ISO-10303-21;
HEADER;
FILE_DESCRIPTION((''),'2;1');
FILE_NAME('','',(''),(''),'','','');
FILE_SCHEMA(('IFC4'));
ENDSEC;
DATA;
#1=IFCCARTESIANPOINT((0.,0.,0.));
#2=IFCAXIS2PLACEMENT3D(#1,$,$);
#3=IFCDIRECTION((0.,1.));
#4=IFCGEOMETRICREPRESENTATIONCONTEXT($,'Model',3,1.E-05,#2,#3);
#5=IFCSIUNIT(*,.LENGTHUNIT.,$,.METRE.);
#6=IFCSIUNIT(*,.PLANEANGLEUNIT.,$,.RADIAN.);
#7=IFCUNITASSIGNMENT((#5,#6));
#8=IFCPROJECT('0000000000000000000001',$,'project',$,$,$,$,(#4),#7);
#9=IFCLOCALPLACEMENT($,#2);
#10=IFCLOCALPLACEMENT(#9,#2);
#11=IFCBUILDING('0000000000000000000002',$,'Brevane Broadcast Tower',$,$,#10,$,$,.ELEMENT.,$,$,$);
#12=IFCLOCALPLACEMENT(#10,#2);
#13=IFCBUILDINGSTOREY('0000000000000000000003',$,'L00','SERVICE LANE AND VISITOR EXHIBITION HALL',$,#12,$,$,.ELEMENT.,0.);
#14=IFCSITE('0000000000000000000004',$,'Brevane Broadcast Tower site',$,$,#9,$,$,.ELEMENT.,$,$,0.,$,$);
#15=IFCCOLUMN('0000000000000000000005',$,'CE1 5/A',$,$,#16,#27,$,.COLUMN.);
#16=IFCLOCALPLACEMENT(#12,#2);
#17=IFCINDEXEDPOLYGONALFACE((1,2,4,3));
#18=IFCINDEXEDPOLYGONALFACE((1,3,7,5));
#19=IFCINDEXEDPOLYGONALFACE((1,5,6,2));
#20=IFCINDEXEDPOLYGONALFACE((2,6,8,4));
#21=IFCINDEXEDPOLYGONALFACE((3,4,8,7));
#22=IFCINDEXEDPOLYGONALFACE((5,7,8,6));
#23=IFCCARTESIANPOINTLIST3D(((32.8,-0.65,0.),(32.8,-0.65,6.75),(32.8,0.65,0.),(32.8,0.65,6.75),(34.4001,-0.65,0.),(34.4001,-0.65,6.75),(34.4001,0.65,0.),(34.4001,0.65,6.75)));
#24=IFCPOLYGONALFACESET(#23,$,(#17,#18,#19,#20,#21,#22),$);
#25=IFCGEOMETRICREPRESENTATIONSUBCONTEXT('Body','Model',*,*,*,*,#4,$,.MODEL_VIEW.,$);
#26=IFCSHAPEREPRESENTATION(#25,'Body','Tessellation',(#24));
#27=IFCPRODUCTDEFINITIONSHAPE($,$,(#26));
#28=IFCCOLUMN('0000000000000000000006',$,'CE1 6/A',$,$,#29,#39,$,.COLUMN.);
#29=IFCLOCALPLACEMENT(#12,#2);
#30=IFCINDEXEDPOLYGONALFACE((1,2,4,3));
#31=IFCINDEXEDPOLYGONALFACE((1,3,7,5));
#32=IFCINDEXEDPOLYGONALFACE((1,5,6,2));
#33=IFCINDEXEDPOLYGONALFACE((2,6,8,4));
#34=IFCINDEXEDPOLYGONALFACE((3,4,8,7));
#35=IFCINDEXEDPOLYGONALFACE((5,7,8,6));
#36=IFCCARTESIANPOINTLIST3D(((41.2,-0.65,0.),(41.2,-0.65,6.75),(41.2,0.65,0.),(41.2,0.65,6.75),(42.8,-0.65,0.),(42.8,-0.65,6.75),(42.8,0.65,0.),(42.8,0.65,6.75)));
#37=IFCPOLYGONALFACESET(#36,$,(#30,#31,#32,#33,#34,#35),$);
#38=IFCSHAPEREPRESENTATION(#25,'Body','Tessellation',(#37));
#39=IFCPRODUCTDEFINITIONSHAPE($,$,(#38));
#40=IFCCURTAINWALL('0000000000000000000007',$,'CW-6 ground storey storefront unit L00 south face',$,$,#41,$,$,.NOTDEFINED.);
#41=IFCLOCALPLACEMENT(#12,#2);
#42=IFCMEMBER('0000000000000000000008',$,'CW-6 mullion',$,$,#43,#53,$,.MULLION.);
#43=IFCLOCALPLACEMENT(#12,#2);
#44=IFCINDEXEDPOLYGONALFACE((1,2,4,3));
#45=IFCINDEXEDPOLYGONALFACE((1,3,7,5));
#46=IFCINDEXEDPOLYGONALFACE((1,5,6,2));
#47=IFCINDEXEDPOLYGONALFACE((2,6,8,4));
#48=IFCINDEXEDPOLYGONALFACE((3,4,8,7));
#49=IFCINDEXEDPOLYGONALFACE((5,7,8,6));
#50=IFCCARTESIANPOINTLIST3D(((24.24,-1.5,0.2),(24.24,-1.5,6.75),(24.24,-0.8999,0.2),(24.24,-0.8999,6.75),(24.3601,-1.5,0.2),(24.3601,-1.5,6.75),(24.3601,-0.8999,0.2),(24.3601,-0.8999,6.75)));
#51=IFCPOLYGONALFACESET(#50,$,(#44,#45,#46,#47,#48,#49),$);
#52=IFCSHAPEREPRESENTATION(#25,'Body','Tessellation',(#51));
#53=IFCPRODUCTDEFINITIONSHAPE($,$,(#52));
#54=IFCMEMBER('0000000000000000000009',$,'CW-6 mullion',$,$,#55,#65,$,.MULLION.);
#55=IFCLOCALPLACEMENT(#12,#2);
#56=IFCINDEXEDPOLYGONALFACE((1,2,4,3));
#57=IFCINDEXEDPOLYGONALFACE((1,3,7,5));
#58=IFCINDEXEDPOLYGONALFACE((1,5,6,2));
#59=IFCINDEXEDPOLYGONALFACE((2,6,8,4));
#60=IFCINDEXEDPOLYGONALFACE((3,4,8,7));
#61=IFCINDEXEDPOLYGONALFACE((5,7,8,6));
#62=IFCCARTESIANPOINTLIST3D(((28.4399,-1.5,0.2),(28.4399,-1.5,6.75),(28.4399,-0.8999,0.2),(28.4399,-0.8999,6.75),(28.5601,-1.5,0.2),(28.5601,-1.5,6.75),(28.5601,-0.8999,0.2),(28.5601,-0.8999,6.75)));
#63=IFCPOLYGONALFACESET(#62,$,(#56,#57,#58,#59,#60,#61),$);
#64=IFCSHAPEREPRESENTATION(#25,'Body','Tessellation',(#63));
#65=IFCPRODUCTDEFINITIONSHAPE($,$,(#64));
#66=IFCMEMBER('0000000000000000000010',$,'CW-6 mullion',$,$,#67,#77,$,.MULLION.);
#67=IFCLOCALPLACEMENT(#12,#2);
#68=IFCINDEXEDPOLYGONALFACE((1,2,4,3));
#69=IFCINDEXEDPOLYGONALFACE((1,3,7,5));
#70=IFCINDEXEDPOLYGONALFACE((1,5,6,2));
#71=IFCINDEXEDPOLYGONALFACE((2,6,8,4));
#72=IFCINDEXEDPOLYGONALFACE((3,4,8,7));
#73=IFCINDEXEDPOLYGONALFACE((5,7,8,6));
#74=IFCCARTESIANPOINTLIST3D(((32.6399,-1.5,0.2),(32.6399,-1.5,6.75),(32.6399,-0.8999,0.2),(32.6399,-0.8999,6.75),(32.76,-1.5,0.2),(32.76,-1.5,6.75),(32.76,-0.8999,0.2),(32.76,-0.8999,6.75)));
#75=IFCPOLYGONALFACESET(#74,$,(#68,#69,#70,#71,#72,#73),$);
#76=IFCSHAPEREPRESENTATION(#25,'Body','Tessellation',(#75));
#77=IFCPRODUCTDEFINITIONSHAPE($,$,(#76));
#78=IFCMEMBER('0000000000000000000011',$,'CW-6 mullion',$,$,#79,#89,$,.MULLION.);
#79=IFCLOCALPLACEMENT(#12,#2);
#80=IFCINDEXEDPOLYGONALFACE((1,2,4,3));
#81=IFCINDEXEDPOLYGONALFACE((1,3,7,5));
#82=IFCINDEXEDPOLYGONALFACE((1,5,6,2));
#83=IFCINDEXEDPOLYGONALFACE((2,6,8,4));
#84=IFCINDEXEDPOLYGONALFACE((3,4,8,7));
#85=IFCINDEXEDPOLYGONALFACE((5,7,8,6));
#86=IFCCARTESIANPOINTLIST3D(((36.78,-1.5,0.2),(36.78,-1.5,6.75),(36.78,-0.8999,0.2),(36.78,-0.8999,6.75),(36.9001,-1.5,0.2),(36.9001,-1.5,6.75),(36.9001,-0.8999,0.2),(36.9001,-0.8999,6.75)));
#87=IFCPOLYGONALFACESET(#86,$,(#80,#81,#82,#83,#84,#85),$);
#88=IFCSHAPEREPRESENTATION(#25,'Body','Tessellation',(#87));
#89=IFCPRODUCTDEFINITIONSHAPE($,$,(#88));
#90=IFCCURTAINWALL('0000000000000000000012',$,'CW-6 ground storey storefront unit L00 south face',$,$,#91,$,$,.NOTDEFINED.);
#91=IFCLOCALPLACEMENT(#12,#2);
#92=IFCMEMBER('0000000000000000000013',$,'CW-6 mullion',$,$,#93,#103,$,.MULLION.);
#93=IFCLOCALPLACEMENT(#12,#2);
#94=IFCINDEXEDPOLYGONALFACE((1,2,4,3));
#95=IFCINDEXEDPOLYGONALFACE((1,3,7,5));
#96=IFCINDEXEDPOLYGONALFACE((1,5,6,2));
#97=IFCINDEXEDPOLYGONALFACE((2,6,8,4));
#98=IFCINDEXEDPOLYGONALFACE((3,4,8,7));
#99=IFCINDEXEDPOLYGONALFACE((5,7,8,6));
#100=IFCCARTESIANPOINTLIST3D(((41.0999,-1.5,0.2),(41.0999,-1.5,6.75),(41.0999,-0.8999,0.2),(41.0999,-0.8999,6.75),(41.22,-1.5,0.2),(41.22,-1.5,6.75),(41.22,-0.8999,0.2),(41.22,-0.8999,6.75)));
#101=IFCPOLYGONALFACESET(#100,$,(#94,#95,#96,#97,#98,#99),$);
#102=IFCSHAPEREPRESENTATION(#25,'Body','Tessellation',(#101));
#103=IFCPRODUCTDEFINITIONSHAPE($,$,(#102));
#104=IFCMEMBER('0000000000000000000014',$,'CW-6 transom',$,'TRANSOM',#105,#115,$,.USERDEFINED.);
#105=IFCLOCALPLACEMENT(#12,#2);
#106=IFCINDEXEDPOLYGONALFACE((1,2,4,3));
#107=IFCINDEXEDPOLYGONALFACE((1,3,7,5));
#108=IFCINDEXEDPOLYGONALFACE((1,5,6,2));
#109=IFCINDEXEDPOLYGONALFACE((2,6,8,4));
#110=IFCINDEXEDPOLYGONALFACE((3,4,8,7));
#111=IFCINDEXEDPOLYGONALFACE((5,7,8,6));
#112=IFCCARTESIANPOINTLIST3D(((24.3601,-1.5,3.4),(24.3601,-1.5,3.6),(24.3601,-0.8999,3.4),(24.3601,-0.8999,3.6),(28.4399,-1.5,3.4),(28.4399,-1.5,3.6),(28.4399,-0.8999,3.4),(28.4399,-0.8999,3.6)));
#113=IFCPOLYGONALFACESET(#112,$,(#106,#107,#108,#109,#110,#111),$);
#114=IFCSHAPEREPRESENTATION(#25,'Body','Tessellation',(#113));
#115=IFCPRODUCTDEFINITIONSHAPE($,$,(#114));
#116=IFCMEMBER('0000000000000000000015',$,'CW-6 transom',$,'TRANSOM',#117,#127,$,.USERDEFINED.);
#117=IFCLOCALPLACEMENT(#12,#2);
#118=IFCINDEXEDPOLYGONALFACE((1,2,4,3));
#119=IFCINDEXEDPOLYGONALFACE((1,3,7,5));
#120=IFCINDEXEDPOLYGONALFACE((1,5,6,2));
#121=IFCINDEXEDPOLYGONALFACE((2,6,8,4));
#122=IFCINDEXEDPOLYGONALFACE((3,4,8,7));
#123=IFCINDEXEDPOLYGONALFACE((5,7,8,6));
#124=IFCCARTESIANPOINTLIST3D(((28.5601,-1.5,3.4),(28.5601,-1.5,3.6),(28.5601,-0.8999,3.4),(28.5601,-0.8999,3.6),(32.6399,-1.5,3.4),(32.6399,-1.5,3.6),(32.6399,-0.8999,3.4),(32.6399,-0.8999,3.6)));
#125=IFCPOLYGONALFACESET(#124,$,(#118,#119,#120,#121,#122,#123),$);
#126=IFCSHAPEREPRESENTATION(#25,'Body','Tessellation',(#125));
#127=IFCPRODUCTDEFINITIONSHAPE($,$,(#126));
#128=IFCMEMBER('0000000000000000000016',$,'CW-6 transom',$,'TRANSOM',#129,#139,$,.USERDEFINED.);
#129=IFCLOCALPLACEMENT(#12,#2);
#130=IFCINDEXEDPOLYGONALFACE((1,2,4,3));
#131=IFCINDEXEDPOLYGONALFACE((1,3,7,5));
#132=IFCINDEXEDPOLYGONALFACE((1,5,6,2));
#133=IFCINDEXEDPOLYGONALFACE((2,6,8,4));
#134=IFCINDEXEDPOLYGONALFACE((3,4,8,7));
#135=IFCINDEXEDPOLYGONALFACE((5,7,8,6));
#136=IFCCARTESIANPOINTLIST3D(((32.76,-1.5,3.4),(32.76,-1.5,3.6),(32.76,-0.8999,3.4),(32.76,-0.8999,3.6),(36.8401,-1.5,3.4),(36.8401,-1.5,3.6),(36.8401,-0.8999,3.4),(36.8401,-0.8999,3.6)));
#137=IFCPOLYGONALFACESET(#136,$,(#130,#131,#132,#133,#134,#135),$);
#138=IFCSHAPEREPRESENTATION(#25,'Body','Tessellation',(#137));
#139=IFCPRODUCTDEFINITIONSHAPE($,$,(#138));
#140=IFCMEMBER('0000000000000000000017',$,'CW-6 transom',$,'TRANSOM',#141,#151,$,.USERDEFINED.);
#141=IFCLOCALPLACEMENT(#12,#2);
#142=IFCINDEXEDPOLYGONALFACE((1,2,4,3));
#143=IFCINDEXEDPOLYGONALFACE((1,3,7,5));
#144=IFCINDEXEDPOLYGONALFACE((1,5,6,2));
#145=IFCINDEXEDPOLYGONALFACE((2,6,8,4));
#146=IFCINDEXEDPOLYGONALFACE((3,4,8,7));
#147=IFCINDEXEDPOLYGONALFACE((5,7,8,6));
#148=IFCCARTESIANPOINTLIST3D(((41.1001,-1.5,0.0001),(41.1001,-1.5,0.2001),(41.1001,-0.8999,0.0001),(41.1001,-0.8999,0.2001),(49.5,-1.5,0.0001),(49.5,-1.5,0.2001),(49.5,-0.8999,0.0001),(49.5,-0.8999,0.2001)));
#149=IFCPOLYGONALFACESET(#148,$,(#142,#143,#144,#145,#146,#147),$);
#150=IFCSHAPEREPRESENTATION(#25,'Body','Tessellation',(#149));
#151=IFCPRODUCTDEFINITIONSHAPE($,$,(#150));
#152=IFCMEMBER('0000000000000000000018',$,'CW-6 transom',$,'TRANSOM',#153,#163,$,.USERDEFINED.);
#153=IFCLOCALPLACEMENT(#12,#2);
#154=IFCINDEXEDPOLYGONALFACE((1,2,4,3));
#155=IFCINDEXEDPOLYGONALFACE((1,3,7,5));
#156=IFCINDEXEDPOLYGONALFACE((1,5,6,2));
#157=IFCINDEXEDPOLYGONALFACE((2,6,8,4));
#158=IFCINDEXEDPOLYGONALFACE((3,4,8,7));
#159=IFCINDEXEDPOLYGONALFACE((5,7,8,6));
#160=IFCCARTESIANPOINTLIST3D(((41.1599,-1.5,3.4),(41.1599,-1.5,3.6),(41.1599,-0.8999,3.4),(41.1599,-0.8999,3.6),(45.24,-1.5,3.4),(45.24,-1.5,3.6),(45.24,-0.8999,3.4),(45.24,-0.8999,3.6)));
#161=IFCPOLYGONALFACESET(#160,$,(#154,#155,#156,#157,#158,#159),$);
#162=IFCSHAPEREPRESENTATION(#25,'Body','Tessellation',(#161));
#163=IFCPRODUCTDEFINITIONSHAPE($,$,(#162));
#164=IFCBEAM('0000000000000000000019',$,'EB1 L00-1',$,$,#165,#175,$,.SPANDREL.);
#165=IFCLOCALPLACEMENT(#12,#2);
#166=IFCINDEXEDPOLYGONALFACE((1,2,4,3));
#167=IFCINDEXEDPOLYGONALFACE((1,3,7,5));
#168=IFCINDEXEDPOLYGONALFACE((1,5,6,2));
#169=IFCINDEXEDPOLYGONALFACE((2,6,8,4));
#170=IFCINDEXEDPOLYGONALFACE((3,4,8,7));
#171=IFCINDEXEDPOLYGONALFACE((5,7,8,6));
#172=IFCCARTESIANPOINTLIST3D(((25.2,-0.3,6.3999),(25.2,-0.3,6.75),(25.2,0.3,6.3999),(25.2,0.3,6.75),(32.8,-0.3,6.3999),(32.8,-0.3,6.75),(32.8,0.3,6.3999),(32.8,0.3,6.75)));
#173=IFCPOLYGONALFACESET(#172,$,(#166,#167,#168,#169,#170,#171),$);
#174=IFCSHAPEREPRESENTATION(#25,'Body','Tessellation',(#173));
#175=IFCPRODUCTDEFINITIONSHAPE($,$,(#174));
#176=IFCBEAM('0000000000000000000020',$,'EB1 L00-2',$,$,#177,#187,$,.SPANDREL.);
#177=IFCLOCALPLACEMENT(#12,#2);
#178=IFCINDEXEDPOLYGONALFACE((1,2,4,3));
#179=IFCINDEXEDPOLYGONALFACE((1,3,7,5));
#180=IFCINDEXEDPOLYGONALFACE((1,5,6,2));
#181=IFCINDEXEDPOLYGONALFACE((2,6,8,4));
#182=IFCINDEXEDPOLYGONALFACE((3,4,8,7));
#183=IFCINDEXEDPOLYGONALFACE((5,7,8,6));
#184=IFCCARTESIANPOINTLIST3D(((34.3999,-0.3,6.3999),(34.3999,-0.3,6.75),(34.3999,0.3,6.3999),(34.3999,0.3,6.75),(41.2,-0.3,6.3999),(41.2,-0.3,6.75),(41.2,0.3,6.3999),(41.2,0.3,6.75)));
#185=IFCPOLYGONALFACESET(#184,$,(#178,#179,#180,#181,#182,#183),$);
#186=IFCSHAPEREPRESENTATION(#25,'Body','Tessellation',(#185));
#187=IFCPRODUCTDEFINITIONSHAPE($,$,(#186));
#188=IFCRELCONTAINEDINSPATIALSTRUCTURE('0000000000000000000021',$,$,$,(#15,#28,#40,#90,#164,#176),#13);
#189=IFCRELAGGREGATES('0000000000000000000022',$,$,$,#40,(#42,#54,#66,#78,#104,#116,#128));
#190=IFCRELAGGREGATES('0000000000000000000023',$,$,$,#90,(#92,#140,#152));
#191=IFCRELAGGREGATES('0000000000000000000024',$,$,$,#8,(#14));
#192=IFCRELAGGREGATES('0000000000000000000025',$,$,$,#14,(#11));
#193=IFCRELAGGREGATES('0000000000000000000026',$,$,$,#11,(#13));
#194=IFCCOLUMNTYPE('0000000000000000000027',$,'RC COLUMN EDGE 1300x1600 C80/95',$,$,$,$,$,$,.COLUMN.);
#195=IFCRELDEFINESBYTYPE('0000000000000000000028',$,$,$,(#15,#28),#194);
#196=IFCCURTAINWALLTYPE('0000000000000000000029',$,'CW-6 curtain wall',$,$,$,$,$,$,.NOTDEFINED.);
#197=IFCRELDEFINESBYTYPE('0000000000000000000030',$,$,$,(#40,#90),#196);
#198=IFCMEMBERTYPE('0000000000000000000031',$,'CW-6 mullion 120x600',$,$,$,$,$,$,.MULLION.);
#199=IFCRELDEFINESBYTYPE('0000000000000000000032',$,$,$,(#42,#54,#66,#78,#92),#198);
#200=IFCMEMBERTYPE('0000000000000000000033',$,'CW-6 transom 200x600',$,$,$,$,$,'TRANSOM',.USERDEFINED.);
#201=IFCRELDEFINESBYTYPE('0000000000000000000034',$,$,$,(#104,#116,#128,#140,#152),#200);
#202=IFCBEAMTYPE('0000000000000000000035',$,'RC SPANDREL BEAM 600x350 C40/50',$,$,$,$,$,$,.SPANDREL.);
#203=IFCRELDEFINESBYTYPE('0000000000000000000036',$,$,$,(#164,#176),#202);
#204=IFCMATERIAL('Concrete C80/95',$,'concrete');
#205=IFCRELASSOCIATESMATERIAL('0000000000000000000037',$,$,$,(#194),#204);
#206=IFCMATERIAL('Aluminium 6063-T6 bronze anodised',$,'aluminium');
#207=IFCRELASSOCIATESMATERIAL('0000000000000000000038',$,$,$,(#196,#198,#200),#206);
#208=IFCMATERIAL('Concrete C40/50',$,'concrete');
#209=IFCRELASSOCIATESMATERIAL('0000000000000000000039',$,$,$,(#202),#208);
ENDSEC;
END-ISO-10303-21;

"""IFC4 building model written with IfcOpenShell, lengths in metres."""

from ifc_helpers import new_model, si_unit, direction, frame, origin, origin_2d, place, context, subcontext, project, spatial, rectangle, extrude, material, material_profile, profile_set, type_object, element, aggregate, save


model = new_model("IFC4")

# Units and contexts
model_context = context("Model", 3, precision=1e-05, world=origin(), true_north=direction((0.0, 1.0)))
body_context = subcontext(model_context, "Body", "Model", "MODEL_VIEW")
ifc_project = project(units=[si_unit("LENGTHUNIT", "METRE"), si_unit("PLANEANGLEUNIT", "RADIAN")], contexts=[model_context])

# Site, building, storey
site_placement = place(None, origin())
site = spatial("IfcSite", under=ifc_project, at=site_placement, Name="Brevane Broadcast Tower site", CompositionType="ELEMENT", RefElevation=0.0)
building_placement = place(site_placement, origin())
building = spatial("IfcBuilding", under=site, at=building_placement, Name="Brevane Broadcast Tower", CompositionType="ELEMENT")
storey_placement = place(building_placement, origin())
storey = spatial("IfcBuildingStorey", under=building, at=storey_placement, Name="L00", Description="SERVICE LANE AND VISITOR EXHIBITION HALL", CompositionType="ELEMENT", Elevation=0.0)

# Columns
ifc_material_1 = material(Name="Concrete C80/95", Category="concrete")
ifc_material_profile_1 = material_profile(ifc_material_1, rectangle(XDim=1.3, YDim=1.6001, at=origin_2d()), Name="RC 1300x1600")
ifc_profile_set_1 = profile_set([ifc_material_profile_1], Name="Concrete C80/95")
column_type = type_object("IfcColumnType", Name="RC COLUMN EDGE 1300x1600 C80/95", PredefinedType="COLUMN", material=ifc_profile_set_1)
for number, where, z_axis, x_axis, name in (
    (1, (33.6001, 0.0, 0.0), (0.0, 0.0, 1.0), (0.0, 1.0, 0.0), "CE1 5/A"),
    (2, (42.0, 0.0, 0.0), (0.0, 0.0, 1.0), (0.0, 1.0, 0.0), "CE1 6/A"),
):
    element("IfcColumn", number, at=place(storey_placement, frame(where, z_axis=z_axis, x_axis=x_axis)), inside=storey, type_object=column_type, Name=name, PredefinedType="COLUMN", context=body_context, shape_type="SweptSolid", body=[
        extrude(rectangle(XDim=1.3, YDim=1.6001, at=origin_2d()), origin(), (0.0, 0.0, 1.0), 6.75),
    ])

# Curtain wall, members
ifc_material_2 = material(Name="Aluminium 6063-T6 bronze anodised", Category="aluminium")
curtain_wall_type = type_object("IfcCurtainWallType", Name="CW-6 curtain wall", PredefinedType="NOTDEFINED", material=ifc_material_2)
curtain_wall_1_placement = place(storey_placement, origin())
curtain_wall_1 = element("IfcCurtainWall", 3, at=curtain_wall_1_placement, inside=storey, type_object=curtain_wall_type, Name="CW-6 ground storey storefront unit L00 south face", PredefinedType="NOTDEFINED")
ifc_material_profile_2 = material_profile(ifc_material_2, rectangle(XDim=0.6001, YDim=0.1201, at=origin_2d()), Name="RECT 120x600")
ifc_profile_set_2 = profile_set([ifc_material_profile_2], Name="Aluminium 6063-T6 bronze anodised")
member_type_1 = type_object("IfcMemberType", Name="CW-6 mullion 120x600", PredefinedType="MULLION", material=ifc_profile_set_2)
member_1_placement = place(storey_placement, frame((24.3, -1.2, 0.2), z_axis=(0.0, 0.0, 1.0), x_axis=(0.0, 1.0, 0.0)))
member_1 = element("IfcMember", 4, at=member_1_placement, type_object=member_type_1, Name="CW-6 mullion", PredefinedType="MULLION", context=body_context, shape_type="SweptSolid", body=[
    extrude(rectangle(XDim=0.6001, YDim=0.1201, at=origin_2d()), origin(), (0.0, 0.0, 1.0), 6.55),
])
member_2_placement = place(storey_placement, frame((28.5, -1.2, 0.2), z_axis=(0.0, 0.0, 1.0), x_axis=(0.0, 1.0, 0.0)))
member_2 = element("IfcMember", 5, at=member_2_placement, type_object=member_type_1, Name="CW-6 mullion", PredefinedType="MULLION", context=body_context, shape_type="SweptSolid", body=[
    extrude(rectangle(XDim=0.6001, YDim=0.1201, at=origin_2d()), origin(), (0.0, 0.0, 1.0), 6.55),
])
member_3_placement = place(storey_placement, frame((32.7, -1.2, 0.2), z_axis=(0.0, 0.0, 1.0), x_axis=(0.0, 1.0, 0.0)))
member_3 = element("IfcMember", 6, at=member_3_placement, type_object=member_type_1, Name="CW-6 mullion", PredefinedType="MULLION", context=body_context, shape_type="SweptSolid", body=[
    extrude(rectangle(XDim=0.6001, YDim=0.1201, at=origin_2d()), origin(), (0.0, 0.0, 1.0), 6.55),
])
member_4_placement = place(storey_placement, frame((36.8401, -1.2, 0.2), z_axis=(0.0, 0.0, 1.0), x_axis=(0.0, 1.0, 0.0)))
member_4 = element("IfcMember", 7, at=member_4_placement, type_object=member_type_1, Name="CW-6 mullion", PredefinedType="MULLION", context=body_context, shape_type="SweptSolid", body=[
    extrude(rectangle(XDim=0.6001, YDim=0.1201, at=origin_2d()), origin(), (0.0, 0.0, 1.0), 6.55),
])

# Curtain wall, member
curtain_wall_2_placement = place(storey_placement, origin())
curtain_wall_2 = element("IfcCurtainWall", 8, at=curtain_wall_2_placement, inside=storey, type_object=curtain_wall_type, Name="CW-6 ground storey storefront unit L00 south face", PredefinedType="NOTDEFINED")
member_5_placement = place(storey_placement, frame((41.1599, -1.2, 0.2), z_axis=(0.0, 0.0, 1.0), x_axis=(0.0, 1.0, 0.0)))
member_5 = element("IfcMember", 9, at=member_5_placement, type_object=member_type_1, Name="CW-6 mullion", PredefinedType="MULLION", context=body_context, shape_type="SweptSolid", body=[
    extrude(rectangle(XDim=0.6001, YDim=0.1201, at=origin_2d()), origin(), (0.0, 0.0, 1.0), 6.55),
])

# Members
ifc_material_profile_3 = material_profile(ifc_material_2, rectangle(XDim=0.6001, YDim=0.2, at=origin_2d()), Name="RECT 200x600")
ifc_profile_set_3 = profile_set([ifc_material_profile_3], Name="Aluminium 6063-T6 bronze anodised")
member_type_2 = type_object("IfcMemberType", Name="CW-6 transom 200x600", ElementType="TRANSOM", PredefinedType="USERDEFINED", material=ifc_profile_set_3)
member_6_placement = place(storey_placement, frame((24.3601, -1.2, 3.5), z_axis=(1.0, 0.0, 0.0), x_axis=(0.0, 1.0, 0.0)))
member_6 = element("IfcMember", 10, at=member_6_placement, type_object=member_type_2, Name="CW-6 transom", ObjectType="TRANSOM", PredefinedType="USERDEFINED", context=body_context, shape_type="SweptSolid", body=[
    extrude(rectangle(XDim=0.6001, YDim=0.2, at=origin_2d()), origin(), (0.0, 0.0, 1.0), 4.0798),
])
member_7_placement = place(storey_placement, frame((28.5601, -1.2, 3.5), z_axis=(1.0, 0.0, 0.0), x_axis=(0.0, 1.0, 0.0)))
member_7 = element("IfcMember", 11, at=member_7_placement, type_object=member_type_2, Name="CW-6 transom", ObjectType="TRANSOM", PredefinedType="USERDEFINED", context=body_context, shape_type="SweptSolid", body=[
    extrude(rectangle(XDim=0.6001, YDim=0.2, at=origin_2d()), origin(), (0.0, 0.0, 1.0), 4.0798),
])
member_8_placement = place(storey_placement, frame((32.76, -1.2, 3.5), z_axis=(1.0, 0.0, 0.0), x_axis=(0.0, 1.0, 0.0)))
member_8 = element("IfcMember", 12, at=member_8_placement, type_object=member_type_2, Name="CW-6 transom", ObjectType="TRANSOM", PredefinedType="USERDEFINED", context=body_context, shape_type="SweptSolid", body=[
    extrude(rectangle(XDim=0.6001, YDim=0.2, at=origin_2d()), origin(), (0.0, 0.0, 1.0), 4.0801),
])
aggregate(curtain_wall_1, [member_1, member_2, member_3, member_4, member_6, member_7, member_8])
member_9_placement = place(storey_placement, frame((41.1001, -1.2, 0.1001), z_axis=(1.0, 0.0, 0.0), x_axis=(0.0, 1.0, 0.0)))
member_9 = element("IfcMember", 13, at=member_9_placement, type_object=member_type_2, Name="CW-6 transom", ObjectType="TRANSOM", PredefinedType="USERDEFINED", context=body_context, shape_type="SweptSolid", body=[
    extrude(rectangle(XDim=0.6001, YDim=0.2, at=origin_2d()), origin(), (0.0, 0.0, 1.0), 8.3999),
])
member_10_placement = place(storey_placement, frame((41.1599, -1.2, 3.5), z_axis=(1.0, 0.0, 0.0), x_axis=(0.0, 1.0, 0.0)))
member_10 = element("IfcMember", 14, at=member_10_placement, type_object=member_type_2, Name="CW-6 transom", ObjectType="TRANSOM", PredefinedType="USERDEFINED", context=body_context, shape_type="SweptSolid", body=[
    extrude(rectangle(XDim=0.6001, YDim=0.2, at=origin_2d()), origin(), (0.0, 0.0, 1.0), 4.0801),
])
aggregate(curtain_wall_2, [member_5, member_9, member_10])

# Beams
ifc_material_3 = material(Name="Concrete C40/50", Category="concrete")
ifc_material_profile_4 = material_profile(ifc_material_3, rectangle(XDim=0.6001, YDim=0.3501, at=origin_2d()), Name="RC 600x350")
ifc_profile_set_4 = profile_set([ifc_material_profile_4], Name="Concrete C40/50")
beam_type = type_object("IfcBeamType", Name="RC SPANDREL BEAM 600x350 C40/50", PredefinedType="SPANDREL", material=ifc_profile_set_4)
beam_1_placement = place(storey_placement, frame((25.2, 0.0, 6.575), z_axis=(1.0, 0.0, 0.0), x_axis=(0.0, 1.0, 0.0)))
element("IfcBeam", 15, at=beam_1_placement, inside=storey, type_object=beam_type, Name="EB1 L00-1", PredefinedType="SPANDREL", context=body_context, shape_type="SweptSolid", body=[
    extrude(rectangle(XDim=0.6001, YDim=0.3501, at=origin_2d()), origin(), (0.0, 0.0, 1.0), 7.6001),
])
beam_2_placement = place(storey_placement, frame((34.3999, 0.0, 6.575), z_axis=(1.0, 0.0, 0.0), x_axis=(0.0, 1.0, 0.0)))
element("IfcBeam", 16, at=beam_2_placement, inside=storey, type_object=beam_type, Name="EB1 L00-2", PredefinedType="SPANDREL", context=body_context, shape_type="SweptSolid", body=[
    extrude(rectangle(XDim=0.6001, YDim=0.3501, at=origin_2d()), origin(), (0.0, 0.0, 1.0), 6.8),
])

save(model, "model.ifc")
